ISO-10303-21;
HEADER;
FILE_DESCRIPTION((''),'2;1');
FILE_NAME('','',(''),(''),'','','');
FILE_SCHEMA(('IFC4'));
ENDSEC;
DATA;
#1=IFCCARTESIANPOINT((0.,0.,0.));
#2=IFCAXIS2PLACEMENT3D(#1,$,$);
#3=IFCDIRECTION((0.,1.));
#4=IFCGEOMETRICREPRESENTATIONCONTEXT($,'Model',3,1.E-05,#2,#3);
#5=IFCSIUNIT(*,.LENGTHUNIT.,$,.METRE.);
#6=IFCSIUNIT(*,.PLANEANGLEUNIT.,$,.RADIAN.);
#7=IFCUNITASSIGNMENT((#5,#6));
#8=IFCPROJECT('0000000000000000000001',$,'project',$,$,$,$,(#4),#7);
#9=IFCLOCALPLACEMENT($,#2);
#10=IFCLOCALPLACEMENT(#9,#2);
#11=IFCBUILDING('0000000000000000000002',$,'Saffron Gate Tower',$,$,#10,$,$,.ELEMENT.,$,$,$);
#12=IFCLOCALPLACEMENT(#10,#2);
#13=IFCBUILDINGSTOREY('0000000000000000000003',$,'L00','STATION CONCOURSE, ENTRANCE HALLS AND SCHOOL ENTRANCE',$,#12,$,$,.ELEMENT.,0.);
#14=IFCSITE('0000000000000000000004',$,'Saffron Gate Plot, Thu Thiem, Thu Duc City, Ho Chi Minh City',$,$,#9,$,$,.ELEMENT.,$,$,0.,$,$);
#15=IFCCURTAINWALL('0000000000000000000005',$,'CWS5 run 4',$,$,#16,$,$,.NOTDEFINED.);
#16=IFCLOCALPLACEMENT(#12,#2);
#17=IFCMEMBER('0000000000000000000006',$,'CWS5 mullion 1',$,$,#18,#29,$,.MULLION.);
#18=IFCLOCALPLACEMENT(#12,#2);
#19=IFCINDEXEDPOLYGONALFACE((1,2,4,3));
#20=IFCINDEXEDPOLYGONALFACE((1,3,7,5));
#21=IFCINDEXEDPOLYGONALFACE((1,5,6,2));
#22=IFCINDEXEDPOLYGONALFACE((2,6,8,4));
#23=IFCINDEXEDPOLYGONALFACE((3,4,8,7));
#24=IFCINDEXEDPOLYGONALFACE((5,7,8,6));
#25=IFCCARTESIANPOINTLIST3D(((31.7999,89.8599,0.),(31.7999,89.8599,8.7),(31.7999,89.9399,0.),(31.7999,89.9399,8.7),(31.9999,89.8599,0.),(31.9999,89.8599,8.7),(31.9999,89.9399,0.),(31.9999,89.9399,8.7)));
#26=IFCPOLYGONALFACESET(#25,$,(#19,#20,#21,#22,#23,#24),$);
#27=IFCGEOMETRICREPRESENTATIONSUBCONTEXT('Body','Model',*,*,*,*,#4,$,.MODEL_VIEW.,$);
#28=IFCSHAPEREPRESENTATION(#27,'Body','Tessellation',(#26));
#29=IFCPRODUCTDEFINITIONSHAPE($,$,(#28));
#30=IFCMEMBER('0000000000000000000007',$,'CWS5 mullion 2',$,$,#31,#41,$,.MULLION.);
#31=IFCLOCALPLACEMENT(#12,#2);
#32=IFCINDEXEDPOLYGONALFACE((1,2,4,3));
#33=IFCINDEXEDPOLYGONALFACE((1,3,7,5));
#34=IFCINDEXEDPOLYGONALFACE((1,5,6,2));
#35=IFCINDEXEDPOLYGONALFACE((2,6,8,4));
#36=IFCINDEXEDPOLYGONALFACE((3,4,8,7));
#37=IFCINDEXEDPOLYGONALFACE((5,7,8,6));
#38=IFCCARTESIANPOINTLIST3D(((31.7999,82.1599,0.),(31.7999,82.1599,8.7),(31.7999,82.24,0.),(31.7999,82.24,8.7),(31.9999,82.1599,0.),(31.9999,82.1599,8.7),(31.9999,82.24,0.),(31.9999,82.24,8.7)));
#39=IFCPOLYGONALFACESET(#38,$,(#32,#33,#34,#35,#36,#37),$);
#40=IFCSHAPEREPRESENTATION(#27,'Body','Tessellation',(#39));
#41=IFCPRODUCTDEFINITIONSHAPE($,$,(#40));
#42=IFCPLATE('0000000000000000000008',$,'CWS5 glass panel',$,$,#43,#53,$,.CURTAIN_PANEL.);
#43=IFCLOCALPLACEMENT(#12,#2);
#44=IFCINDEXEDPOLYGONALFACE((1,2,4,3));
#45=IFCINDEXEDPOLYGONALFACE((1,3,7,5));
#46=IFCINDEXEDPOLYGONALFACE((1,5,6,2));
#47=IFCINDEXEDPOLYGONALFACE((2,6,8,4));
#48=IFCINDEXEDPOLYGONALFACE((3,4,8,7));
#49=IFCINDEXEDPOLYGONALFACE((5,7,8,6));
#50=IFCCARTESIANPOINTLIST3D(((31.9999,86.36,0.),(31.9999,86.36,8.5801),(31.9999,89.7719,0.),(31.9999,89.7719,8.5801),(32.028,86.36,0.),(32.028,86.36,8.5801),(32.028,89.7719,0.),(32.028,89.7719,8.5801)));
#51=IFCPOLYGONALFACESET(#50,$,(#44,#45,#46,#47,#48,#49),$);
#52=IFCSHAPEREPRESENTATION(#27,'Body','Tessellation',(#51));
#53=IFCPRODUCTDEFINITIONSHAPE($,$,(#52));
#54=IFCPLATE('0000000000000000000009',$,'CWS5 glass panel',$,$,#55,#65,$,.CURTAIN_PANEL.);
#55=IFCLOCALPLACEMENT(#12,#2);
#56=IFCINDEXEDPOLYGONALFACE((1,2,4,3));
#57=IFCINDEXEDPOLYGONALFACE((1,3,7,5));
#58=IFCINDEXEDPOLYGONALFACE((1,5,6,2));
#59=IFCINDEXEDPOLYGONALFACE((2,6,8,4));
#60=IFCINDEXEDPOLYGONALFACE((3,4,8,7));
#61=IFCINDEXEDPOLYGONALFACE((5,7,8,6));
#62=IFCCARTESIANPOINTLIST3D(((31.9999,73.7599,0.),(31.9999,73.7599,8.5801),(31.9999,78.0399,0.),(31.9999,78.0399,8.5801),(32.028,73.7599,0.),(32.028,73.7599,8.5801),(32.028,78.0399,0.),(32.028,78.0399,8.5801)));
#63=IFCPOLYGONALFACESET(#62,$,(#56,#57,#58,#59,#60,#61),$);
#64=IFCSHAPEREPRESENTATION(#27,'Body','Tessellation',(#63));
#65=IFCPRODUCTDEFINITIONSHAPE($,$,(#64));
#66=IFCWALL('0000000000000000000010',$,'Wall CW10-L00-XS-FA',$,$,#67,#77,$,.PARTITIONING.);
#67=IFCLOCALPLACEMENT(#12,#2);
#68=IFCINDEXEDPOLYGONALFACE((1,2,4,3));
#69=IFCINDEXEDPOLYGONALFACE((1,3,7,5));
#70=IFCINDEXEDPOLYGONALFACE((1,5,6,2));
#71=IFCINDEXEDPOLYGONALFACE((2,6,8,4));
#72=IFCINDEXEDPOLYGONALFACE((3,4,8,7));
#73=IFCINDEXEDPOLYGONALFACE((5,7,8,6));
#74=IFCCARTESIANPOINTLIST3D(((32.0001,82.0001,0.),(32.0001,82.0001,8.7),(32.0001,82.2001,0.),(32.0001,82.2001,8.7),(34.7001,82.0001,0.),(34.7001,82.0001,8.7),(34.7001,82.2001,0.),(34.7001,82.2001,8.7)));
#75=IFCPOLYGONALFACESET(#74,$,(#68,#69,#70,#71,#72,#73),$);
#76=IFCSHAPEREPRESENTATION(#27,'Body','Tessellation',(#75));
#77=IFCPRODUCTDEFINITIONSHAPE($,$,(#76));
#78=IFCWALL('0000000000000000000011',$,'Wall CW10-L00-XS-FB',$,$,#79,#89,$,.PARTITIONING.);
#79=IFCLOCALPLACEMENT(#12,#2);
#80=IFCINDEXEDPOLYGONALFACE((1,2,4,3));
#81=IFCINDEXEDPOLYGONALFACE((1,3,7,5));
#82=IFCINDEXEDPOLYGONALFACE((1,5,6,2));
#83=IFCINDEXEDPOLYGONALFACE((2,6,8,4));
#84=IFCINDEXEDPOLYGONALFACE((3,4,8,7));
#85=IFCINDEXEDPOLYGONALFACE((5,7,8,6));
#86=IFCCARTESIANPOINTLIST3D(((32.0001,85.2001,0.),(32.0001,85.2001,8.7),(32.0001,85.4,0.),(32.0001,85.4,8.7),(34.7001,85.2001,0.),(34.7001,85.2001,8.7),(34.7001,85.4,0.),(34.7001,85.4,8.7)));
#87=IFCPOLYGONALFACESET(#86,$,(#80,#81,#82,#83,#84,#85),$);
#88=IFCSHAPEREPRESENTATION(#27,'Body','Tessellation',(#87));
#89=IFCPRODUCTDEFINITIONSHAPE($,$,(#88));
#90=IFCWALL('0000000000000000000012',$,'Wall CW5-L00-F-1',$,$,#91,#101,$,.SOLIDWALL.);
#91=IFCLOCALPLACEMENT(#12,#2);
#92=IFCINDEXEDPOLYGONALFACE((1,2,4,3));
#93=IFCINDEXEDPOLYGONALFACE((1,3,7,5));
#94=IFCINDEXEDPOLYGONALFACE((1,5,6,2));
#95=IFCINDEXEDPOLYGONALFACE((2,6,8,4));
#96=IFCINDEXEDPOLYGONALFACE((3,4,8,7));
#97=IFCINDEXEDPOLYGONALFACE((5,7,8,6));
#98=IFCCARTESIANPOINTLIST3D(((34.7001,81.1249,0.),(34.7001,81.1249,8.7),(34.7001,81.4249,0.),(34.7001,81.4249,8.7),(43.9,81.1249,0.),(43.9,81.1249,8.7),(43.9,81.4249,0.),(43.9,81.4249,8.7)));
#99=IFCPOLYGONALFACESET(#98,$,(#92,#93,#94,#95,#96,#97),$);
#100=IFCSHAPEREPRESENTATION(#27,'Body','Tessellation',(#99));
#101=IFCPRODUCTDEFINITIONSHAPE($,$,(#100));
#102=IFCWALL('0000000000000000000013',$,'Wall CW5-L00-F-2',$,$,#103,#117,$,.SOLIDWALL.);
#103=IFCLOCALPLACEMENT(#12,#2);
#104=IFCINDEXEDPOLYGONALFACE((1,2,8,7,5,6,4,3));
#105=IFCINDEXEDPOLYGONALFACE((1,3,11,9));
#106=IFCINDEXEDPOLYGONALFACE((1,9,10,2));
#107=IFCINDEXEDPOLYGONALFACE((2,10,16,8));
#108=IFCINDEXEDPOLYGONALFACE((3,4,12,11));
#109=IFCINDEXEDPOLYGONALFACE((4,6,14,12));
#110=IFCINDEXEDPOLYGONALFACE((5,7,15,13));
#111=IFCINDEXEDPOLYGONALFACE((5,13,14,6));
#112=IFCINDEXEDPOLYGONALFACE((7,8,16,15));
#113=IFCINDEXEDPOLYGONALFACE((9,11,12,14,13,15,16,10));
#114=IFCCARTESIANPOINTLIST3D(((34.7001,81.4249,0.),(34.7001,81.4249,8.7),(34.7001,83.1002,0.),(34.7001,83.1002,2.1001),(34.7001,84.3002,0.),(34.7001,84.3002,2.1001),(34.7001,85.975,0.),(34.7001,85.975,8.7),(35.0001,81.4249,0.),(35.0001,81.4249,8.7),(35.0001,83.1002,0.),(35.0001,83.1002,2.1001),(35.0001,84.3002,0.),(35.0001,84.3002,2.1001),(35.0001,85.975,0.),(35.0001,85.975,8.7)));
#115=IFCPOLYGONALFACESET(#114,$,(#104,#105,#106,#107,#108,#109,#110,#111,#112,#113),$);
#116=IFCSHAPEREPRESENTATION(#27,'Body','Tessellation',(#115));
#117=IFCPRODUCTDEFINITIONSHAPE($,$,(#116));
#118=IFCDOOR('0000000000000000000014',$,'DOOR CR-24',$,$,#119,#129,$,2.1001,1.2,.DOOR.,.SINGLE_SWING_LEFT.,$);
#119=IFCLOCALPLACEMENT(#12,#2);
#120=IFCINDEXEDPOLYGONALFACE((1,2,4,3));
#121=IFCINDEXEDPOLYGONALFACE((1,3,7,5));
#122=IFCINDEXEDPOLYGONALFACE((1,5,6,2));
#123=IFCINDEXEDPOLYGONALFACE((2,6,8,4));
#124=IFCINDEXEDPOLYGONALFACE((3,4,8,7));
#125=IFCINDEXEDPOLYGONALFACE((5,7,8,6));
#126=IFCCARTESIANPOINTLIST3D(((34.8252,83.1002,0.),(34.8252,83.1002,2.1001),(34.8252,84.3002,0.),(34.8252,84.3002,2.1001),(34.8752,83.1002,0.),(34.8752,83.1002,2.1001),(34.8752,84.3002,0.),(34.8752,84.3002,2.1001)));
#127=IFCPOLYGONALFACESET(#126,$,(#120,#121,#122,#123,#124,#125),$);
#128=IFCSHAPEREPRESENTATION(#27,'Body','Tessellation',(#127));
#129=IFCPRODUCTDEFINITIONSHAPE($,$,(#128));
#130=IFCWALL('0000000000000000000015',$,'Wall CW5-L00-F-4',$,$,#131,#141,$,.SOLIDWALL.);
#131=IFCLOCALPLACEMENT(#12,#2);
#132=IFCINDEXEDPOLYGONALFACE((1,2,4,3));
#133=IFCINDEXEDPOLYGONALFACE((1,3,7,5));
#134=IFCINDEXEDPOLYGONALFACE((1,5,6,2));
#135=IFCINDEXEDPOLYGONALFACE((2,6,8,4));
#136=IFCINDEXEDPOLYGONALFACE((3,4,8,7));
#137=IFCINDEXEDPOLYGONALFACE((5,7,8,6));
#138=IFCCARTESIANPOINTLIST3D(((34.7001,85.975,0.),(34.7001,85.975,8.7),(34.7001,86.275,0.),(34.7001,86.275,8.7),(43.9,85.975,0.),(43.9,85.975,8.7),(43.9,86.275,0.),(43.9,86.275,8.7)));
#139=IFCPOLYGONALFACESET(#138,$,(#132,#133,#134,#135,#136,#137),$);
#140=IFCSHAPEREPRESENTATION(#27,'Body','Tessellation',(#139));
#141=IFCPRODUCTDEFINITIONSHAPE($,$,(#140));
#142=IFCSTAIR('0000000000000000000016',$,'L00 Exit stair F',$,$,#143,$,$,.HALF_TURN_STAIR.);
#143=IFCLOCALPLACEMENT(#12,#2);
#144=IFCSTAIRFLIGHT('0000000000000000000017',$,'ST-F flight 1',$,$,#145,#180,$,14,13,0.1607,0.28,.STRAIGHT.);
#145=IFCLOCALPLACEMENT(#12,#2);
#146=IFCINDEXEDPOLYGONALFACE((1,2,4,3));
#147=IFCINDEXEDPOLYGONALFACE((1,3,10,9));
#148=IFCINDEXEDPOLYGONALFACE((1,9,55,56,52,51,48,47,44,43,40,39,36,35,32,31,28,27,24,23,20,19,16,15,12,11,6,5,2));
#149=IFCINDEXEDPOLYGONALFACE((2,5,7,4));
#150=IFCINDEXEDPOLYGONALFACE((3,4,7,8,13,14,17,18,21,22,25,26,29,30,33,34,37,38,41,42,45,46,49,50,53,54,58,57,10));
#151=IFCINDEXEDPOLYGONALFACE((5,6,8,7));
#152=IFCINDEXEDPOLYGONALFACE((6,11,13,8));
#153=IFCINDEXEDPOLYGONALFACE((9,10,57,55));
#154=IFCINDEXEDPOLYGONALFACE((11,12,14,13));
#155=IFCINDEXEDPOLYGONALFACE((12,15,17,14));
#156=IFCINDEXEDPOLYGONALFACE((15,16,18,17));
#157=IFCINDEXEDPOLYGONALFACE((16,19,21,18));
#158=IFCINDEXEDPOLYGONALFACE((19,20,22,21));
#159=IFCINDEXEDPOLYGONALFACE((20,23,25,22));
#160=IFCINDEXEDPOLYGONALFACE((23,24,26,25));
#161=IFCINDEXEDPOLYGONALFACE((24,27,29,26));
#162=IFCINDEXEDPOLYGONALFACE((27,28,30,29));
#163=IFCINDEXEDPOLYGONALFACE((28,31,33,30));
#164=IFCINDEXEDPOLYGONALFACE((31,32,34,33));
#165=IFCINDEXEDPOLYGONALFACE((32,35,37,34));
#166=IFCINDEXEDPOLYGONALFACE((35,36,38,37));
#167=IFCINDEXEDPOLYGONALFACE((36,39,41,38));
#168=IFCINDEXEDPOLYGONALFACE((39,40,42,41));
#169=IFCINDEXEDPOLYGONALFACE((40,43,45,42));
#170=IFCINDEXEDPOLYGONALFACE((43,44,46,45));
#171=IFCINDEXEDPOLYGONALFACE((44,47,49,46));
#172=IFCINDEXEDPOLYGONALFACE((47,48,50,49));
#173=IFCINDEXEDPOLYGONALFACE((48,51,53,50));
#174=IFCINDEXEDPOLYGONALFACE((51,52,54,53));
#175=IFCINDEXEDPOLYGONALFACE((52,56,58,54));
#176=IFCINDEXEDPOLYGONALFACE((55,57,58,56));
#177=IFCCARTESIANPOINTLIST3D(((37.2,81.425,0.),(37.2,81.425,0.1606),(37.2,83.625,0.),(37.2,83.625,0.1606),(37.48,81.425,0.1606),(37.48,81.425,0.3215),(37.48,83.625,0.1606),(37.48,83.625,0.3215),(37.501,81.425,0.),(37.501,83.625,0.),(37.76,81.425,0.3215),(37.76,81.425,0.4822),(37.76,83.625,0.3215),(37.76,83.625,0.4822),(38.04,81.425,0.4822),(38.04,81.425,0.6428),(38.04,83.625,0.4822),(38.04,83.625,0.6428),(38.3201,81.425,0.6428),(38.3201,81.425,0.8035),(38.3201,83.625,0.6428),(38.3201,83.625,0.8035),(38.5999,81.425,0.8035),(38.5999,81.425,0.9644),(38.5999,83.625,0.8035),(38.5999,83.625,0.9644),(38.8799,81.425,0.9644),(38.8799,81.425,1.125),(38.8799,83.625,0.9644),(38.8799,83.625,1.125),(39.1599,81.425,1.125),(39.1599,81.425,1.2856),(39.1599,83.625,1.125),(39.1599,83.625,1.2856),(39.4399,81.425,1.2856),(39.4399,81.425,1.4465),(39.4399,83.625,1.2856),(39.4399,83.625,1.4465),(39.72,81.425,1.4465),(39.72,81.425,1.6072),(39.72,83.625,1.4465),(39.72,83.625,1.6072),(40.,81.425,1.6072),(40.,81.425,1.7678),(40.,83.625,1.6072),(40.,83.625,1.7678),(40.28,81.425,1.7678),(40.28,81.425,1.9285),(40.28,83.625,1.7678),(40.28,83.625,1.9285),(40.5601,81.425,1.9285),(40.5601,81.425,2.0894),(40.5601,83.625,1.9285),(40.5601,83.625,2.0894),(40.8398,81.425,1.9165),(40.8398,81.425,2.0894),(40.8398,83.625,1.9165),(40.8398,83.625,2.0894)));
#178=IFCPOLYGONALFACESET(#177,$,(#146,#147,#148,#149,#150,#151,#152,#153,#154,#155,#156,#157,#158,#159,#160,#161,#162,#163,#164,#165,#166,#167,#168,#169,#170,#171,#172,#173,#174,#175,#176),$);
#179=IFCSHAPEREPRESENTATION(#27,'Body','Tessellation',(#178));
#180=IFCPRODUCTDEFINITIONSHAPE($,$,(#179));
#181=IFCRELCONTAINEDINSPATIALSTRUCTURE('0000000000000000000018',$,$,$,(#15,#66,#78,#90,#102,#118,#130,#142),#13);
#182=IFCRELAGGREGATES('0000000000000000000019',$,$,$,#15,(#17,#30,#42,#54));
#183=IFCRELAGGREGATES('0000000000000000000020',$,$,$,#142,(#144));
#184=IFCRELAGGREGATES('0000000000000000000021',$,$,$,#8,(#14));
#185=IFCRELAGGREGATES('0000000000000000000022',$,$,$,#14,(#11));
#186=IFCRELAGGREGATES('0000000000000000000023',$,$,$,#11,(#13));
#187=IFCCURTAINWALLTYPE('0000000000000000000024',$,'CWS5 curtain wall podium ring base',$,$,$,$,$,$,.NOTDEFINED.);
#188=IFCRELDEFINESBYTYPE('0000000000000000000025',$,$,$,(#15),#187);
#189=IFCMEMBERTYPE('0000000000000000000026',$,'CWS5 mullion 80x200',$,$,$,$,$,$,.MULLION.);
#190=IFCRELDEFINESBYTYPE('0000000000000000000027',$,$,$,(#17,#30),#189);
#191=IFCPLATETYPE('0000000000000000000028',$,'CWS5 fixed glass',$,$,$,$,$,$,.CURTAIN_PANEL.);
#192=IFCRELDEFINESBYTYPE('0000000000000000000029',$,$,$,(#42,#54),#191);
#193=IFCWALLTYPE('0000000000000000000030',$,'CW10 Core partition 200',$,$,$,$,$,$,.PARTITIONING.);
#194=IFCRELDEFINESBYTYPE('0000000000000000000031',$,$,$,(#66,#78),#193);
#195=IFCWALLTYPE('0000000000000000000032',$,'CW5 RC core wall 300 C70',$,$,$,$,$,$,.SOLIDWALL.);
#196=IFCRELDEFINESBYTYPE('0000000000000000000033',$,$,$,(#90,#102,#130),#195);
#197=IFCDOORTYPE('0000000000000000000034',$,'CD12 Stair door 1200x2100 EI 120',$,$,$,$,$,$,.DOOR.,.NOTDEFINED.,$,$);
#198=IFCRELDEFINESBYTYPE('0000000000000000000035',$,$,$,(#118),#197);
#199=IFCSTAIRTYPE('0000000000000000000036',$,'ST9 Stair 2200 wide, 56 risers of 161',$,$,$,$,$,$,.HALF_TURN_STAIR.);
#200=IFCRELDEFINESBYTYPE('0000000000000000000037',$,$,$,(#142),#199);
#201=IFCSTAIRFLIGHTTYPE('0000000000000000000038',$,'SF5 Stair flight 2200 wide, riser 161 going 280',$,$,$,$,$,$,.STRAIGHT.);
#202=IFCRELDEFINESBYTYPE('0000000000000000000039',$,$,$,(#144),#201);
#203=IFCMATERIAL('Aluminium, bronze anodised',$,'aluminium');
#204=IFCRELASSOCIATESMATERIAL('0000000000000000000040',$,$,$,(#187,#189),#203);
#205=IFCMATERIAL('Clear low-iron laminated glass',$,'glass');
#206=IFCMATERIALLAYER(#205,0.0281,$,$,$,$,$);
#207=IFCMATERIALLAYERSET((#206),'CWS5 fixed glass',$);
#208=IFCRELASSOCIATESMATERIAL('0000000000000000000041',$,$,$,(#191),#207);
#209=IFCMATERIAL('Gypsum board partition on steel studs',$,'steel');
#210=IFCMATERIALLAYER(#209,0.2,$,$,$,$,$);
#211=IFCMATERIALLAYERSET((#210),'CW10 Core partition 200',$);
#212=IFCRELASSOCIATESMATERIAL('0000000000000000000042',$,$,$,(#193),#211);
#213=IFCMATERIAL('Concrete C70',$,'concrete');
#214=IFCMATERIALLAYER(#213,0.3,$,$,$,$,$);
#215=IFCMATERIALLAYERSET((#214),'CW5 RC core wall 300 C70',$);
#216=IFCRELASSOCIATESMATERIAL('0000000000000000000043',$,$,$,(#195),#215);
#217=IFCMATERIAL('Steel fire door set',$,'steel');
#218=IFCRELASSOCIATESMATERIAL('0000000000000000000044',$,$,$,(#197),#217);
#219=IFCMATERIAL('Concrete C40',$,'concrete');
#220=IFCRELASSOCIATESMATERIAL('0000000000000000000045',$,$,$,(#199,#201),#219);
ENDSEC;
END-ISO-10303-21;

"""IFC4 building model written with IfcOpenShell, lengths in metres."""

from ifc_helpers import new_model, si_unit, direction, frame, frame_2d, origin, origin_2d, place, context, subcontext, project, spatial, polyline, rectangle, outline, extrude, material, layer, layer_set, material_profile, profile_set, type_object, element, fill, aggregate, save


model = new_model("IFC4")

# Units and contexts
model_context = context("Model", 3, precision=1e-05, world=origin(), true_north=direction((0.0, 1.0)))
body_context = subcontext(model_context, "Body", "Model", "MODEL_VIEW")
ifc_project = project(units=[si_unit("LENGTHUNIT", "METRE"), si_unit("PLANEANGLEUNIT", "RADIAN")], contexts=[model_context])

# Site, building, storey
site_placement = place(None, origin())
site = spatial("IfcSite", under=ifc_project, at=site_placement, Name="Saffron Gate Plot, Thu Thiem, Thu Duc City, Ho Chi Minh City", CompositionType="ELEMENT", RefElevation=0.0)
building_placement = place(site_placement, origin())
building = spatial("IfcBuilding", under=site, at=building_placement, Name="Saffron Gate Tower", CompositionType="ELEMENT")
storey_placement = place(building_placement, origin())
storey = spatial("IfcBuildingStorey", under=building, at=storey_placement, Name="L00", Description="STATION CONCOURSE, ENTRANCE HALLS AND SCHOOL ENTRANCE", CompositionType="ELEMENT", Elevation=0.0)

# Curtain wall
ifc_material_1 = material(Name="Aluminium, bronze anodised", Category="aluminium")
curtain_wall_type = type_object("IfcCurtainWallType", Name="CWS5 curtain wall podium ring base", PredefinedType="NOTDEFINED", material=ifc_material_1)
curtain_wall_1_placement = place(storey_placement, origin())
curtain_wall_1 = element("IfcCurtainWall", 1, at=curtain_wall_1_placement, inside=storey, type_object=curtain_wall_type, Name="CWS5 run 4", PredefinedType="NOTDEFINED")
ifc_material_profile_1 = material_profile(ifc_material_1, rectangle(XDim=0.2, YDim=0.0801, at=origin_2d()))
ifc_profile_set_1 = profile_set([ifc_material_profile_1], Name="Aluminium, bronze anodised")
member_type_1 = type_object("IfcMemberType", Name="CWS5 mullion 80x200", PredefinedType="MULLION", material=ifc_profile_set_1)

# Members
member_1_placement = place(storey_placement, frame((31.8999, 89.8999, 0.0), z_axis=(0.0, 0.0, 1.0), x_axis=(1.0, 0.0, 0.0)))
member_1 = element("IfcMember", 2, at=member_1_placement, type_object=member_type_1, Name="CWS5 mullion 1", PredefinedType="MULLION", context=body_context, shape_type="SweptSolid", body=[
    extrude(rectangle(XDim=0.2, YDim=0.0801, at=origin_2d()), origin(), (0.0, 0.0, 1.0), 8.7),
])
member_2_placement = place(storey_placement, frame((31.8999, 82.2, 0.0), z_axis=(0.0, 0.0, 1.0), x_axis=(1.0, 0.0, 0.0)))
member_2 = element("IfcMember", 3, at=member_2_placement, type_object=member_type_1, Name="CWS5 mullion 2", PredefinedType="MULLION", context=body_context, shape_type="SweptSolid", body=[
    extrude(rectangle(XDim=0.2, YDim=0.0801, at=origin_2d()), origin(), (0.0, 0.0, 1.0), 8.7),
])

# Plates
ifc_material_2 = material(Name="Clear low-iron laminated glass", Category="glass")
ifc_layer_1 = layer(ifc_material_2, 0.0281)
ifc_layer_set_1 = layer_set([ifc_layer_1], Name="CWS5 fixed glass")
plate_type = type_object("IfcPlateType", Name="CWS5 fixed glass", PredefinedType="CURTAIN_PANEL", material=ifc_layer_set_1)
plate_1_placement = place(storey_placement, frame((32.0139, 89.772, 0.0), z_axis=(0.0, 0.0, 1.0), x_axis=(0.0, -1.0, 0.0)))
plate_1 = element("IfcPlate", 4, at=plate_1_placement, type_object=plate_type, Name="CWS5 glass panel", PredefinedType="CURTAIN_PANEL", context=body_context, shape_type="SweptSolid", body=[
    extrude(rectangle(XDim=3.4119, YDim=0.0281, at=frame_2d((1.7061, 0.0))), origin(), (0.0, 0.0, 1.0), 8.5801),
])
plate_2_placement = place(storey_placement, frame((32.0139, 78.04, 0.0), z_axis=(0.0, 0.0, 1.0), x_axis=(0.0, -1.0, 0.0)))
plate_2 = element("IfcPlate", 5, at=plate_2_placement, type_object=plate_type, Name="CWS5 glass panel", PredefinedType="CURTAIN_PANEL", context=body_context, shape_type="SweptSolid", body=[
    extrude(rectangle(XDim=4.28, YDim=0.0281, at=frame_2d((2.1401, 0.0))), origin(), (0.0, 0.0, 1.0), 8.5801),
])
aggregate(curtain_wall_1, [member_1, member_2, plate_1, plate_2])

# Walls
ifc_material_3 = material(Name="Gypsum board partition on steel studs", Category="steel")
ifc_layer_2 = layer(ifc_material_3, 0.2)
ifc_layer_set_2 = layer_set([ifc_layer_2], Name="CW10 Core partition 200")
wall_type_1 = type_object("IfcWallType", Name="CW10 Core partition 200", PredefinedType="PARTITIONING", material=ifc_layer_set_2)
for number, where, z_axis, x_axis, name in (
    (6, (32.0, 82.1001, 0.0), (0.0, 0.0, 1.0), (1.0, 0.0, 0.0), "Wall CW10-L00-XS-FA"),
    (7, (32.0, 85.3, 0.0), (0.0, 0.0, 1.0), (1.0, 0.0, 0.0), "Wall CW10-L00-XS-FB"),
):
    element("IfcWall", number, at=place(storey_placement, frame(where, z_axis=z_axis, x_axis=x_axis)), inside=storey, type_object=wall_type_1, Name=name, PredefinedType="PARTITIONING", context=body_context, shape_type="SweptSolid", body=[
        extrude(rectangle(XDim=2.7, YDim=0.2, at=frame_2d((1.3501, 0.0))), origin(), (0.0, 0.0, 1.0), 8.7),
    ])
ifc_material_4 = material(Name="Concrete C70", Category="concrete")
ifc_layer_3 = layer(ifc_material_4, 0.3)
ifc_layer_set_3 = layer_set([ifc_layer_3], Name="CW5 RC core wall 300 C70")
wall_type_2 = type_object("IfcWallType", Name="CW5 RC core wall 300 C70", PredefinedType="SOLIDWALL", material=ifc_layer_set_3)
wall_1_placement = place(storey_placement, frame((34.7, 81.2749, 0.0), z_axis=(0.0, 0.0, 1.0), x_axis=(1.0, 0.0, 0.0)))
element("IfcWall", 8, at=wall_1_placement, inside=storey, type_object=wall_type_2, Name="Wall CW5-L00-F-1", PredefinedType="SOLIDWALL", context=body_context, shape_type="SweptSolid", body=[
    extrude(rectangle(XDim=9.2, YDim=0.3, at=frame_2d((4.6001, 0.0))), origin(), (0.0, 0.0, 1.0), 8.7),
])

# Wall, opening, door
wall_2_placement = place(storey_placement, frame((34.8501, 81.425, 0.0), z_axis=(0.0, 0.0, 1.0), x_axis=(0.0, 1.0, 0.0)))
wall_2 = element("IfcWall", 9, at=wall_2_placement, inside=storey, type_object=wall_type_2, Name="Wall CW5-L00-F-2", PredefinedType="SOLIDWALL", context=body_context, shape_type="SweptSolid", body=[
    extrude(rectangle(XDim=4.55, YDim=0.3, at=frame_2d((2.2749, 0.0))), origin(), (0.0, 0.0, 1.0), 8.7),
])
opening_1_placement = place(wall_2_placement, frame((1.675, 0.0, 0.0)))
opening_1 = element("IfcOpeningElement", 10, at=opening_1_placement, cuts=wall_2, PredefinedType="OPENING", context=body_context, shape_type="SweptSolid", body=[
    extrude(rectangle(XDim=1.2, YDim=2.1001, at=frame_2d((0.6001, 1.05))), frame((0.0, 0.1602, 0.0), z_axis=(0.0, -1.0, 0.0), x_axis=(1.0, 0.0, 0.0)), (0.0, 0.0, 1.0), 0.3201),
])
ifc_material_5 = material(Name="Steel fire door set", Category="steel")
door_type_1 = type_object("IfcDoorType", Name="CD12 Stair door 1200x2100 EI 120", OperationType="NOTDEFINED", PredefinedType="DOOR", material=ifc_material_5)
door_1_placement = place(opening_1_placement, origin())
door_1 = element("IfcDoor", 11, at=door_1_placement, inside=storey, type_object=door_type_1, Name="DOOR CR-24", OperationType="SINGLE_SWING_LEFT", OverallHeight=2.1001, OverallWidth=1.2, PredefinedType="DOOR", context=body_context, shape_type="SweptSolid", body=[
    extrude(rectangle(XDim=1.2, YDim=2.1001, at=frame_2d((0.6001, 1.05))), frame((0.0, 0.0249, 0.0), z_axis=(0.0, -1.0, 0.0), x_axis=(1.0, 0.0, 0.0)), (0.0, 0.0, 1.0), 0.05),
])
fill(opening_1, door_1)

# Wall
wall_3_placement = place(storey_placement, frame((34.7, 86.125, 0.0), z_axis=(0.0, 0.0, 1.0), x_axis=(1.0, 0.0, 0.0)))
element("IfcWall", 12, at=wall_3_placement, inside=storey, type_object=wall_type_2, Name="Wall CW5-L00-F-4", PredefinedType="SOLIDWALL", context=body_context, shape_type="SweptSolid", body=[
    extrude(rectangle(XDim=9.2, YDim=0.3, at=frame_2d((4.6001, 0.0))), origin(), (0.0, 0.0, 1.0), 8.7),
])

# Stair, stair flight
ifc_material_6 = material(Name="Concrete C40", Category="concrete")
stair_type = type_object("IfcStairType", Name="ST9 Stair 2200 wide, 56 risers of 161", PredefinedType="HALF_TURN_STAIR", material=ifc_material_6)
stair_placement = place(storey_placement, origin())
stair = element("IfcStair", 13, at=stair_placement, inside=storey, type_object=stair_type, Name="L00 Exit stair F", PredefinedType="HALF_TURN_STAIR")
stair_flight_type = type_object("IfcStairFlightType", Name="SF5 Stair flight 2200 wide, riser 161 going 280", PredefinedType="STRAIGHT", material=ifc_material_6)
stair_flight_1_placement = place(storey_placement, frame((37.2, 82.5249, 0.0), z_axis=(0.0, 0.0, 1.0), x_axis=(1.0, 0.0, 0.0)))
stair_flight_1 = element("IfcStairFlight", 14, at=stair_flight_1_placement, type_object=stair_flight_type, Name="ST-F flight 1", NumberOfRisers=14, NumberOfTreads=13, PredefinedType="STRAIGHT", RiserHeight=0.1607, TreadLength=0.28, context=body_context, shape_type="SweptSolid", body=[
    extrude(outline(polyline([(0.0, 0.0), (0.0, 0.1606), (0.28, 0.1606), (0.28, 0.3215), (0.5601, 0.3215), (0.5601, 0.4822), (0.8401, 0.4822), (0.8401, 0.6428), (1.1201, 0.6428), (1.1201, 0.8035), (1.3999, 0.8035), (1.3999, 0.9644), (1.6799, 0.9644), (1.6799, 1.125), (1.96, 1.125), (1.96, 1.2856), (2.24, 1.2856), (2.24, 1.4465), (2.52, 1.4465), (2.52, 1.6072), (2.8, 1.6072), (2.8, 1.7678), (3.0801, 1.7678), (3.0801, 1.9285), (3.3601, 1.9285), (3.3601, 2.0894), (3.6399, 2.0894), (3.6399, 2.25), (3.6399, 1.9165), (0.301, 0.0), (0.0, 0.0)])), frame((0.0, 1.1001, 0.0), z_axis=(0.0, -1.0, 0.0), x_axis=(1.0, 0.0, 0.0)), (0.0, 0.0, 1.0), 2.2),
])
aggregate(stair, [stair_flight_1])

save(model, "model.ifc")
